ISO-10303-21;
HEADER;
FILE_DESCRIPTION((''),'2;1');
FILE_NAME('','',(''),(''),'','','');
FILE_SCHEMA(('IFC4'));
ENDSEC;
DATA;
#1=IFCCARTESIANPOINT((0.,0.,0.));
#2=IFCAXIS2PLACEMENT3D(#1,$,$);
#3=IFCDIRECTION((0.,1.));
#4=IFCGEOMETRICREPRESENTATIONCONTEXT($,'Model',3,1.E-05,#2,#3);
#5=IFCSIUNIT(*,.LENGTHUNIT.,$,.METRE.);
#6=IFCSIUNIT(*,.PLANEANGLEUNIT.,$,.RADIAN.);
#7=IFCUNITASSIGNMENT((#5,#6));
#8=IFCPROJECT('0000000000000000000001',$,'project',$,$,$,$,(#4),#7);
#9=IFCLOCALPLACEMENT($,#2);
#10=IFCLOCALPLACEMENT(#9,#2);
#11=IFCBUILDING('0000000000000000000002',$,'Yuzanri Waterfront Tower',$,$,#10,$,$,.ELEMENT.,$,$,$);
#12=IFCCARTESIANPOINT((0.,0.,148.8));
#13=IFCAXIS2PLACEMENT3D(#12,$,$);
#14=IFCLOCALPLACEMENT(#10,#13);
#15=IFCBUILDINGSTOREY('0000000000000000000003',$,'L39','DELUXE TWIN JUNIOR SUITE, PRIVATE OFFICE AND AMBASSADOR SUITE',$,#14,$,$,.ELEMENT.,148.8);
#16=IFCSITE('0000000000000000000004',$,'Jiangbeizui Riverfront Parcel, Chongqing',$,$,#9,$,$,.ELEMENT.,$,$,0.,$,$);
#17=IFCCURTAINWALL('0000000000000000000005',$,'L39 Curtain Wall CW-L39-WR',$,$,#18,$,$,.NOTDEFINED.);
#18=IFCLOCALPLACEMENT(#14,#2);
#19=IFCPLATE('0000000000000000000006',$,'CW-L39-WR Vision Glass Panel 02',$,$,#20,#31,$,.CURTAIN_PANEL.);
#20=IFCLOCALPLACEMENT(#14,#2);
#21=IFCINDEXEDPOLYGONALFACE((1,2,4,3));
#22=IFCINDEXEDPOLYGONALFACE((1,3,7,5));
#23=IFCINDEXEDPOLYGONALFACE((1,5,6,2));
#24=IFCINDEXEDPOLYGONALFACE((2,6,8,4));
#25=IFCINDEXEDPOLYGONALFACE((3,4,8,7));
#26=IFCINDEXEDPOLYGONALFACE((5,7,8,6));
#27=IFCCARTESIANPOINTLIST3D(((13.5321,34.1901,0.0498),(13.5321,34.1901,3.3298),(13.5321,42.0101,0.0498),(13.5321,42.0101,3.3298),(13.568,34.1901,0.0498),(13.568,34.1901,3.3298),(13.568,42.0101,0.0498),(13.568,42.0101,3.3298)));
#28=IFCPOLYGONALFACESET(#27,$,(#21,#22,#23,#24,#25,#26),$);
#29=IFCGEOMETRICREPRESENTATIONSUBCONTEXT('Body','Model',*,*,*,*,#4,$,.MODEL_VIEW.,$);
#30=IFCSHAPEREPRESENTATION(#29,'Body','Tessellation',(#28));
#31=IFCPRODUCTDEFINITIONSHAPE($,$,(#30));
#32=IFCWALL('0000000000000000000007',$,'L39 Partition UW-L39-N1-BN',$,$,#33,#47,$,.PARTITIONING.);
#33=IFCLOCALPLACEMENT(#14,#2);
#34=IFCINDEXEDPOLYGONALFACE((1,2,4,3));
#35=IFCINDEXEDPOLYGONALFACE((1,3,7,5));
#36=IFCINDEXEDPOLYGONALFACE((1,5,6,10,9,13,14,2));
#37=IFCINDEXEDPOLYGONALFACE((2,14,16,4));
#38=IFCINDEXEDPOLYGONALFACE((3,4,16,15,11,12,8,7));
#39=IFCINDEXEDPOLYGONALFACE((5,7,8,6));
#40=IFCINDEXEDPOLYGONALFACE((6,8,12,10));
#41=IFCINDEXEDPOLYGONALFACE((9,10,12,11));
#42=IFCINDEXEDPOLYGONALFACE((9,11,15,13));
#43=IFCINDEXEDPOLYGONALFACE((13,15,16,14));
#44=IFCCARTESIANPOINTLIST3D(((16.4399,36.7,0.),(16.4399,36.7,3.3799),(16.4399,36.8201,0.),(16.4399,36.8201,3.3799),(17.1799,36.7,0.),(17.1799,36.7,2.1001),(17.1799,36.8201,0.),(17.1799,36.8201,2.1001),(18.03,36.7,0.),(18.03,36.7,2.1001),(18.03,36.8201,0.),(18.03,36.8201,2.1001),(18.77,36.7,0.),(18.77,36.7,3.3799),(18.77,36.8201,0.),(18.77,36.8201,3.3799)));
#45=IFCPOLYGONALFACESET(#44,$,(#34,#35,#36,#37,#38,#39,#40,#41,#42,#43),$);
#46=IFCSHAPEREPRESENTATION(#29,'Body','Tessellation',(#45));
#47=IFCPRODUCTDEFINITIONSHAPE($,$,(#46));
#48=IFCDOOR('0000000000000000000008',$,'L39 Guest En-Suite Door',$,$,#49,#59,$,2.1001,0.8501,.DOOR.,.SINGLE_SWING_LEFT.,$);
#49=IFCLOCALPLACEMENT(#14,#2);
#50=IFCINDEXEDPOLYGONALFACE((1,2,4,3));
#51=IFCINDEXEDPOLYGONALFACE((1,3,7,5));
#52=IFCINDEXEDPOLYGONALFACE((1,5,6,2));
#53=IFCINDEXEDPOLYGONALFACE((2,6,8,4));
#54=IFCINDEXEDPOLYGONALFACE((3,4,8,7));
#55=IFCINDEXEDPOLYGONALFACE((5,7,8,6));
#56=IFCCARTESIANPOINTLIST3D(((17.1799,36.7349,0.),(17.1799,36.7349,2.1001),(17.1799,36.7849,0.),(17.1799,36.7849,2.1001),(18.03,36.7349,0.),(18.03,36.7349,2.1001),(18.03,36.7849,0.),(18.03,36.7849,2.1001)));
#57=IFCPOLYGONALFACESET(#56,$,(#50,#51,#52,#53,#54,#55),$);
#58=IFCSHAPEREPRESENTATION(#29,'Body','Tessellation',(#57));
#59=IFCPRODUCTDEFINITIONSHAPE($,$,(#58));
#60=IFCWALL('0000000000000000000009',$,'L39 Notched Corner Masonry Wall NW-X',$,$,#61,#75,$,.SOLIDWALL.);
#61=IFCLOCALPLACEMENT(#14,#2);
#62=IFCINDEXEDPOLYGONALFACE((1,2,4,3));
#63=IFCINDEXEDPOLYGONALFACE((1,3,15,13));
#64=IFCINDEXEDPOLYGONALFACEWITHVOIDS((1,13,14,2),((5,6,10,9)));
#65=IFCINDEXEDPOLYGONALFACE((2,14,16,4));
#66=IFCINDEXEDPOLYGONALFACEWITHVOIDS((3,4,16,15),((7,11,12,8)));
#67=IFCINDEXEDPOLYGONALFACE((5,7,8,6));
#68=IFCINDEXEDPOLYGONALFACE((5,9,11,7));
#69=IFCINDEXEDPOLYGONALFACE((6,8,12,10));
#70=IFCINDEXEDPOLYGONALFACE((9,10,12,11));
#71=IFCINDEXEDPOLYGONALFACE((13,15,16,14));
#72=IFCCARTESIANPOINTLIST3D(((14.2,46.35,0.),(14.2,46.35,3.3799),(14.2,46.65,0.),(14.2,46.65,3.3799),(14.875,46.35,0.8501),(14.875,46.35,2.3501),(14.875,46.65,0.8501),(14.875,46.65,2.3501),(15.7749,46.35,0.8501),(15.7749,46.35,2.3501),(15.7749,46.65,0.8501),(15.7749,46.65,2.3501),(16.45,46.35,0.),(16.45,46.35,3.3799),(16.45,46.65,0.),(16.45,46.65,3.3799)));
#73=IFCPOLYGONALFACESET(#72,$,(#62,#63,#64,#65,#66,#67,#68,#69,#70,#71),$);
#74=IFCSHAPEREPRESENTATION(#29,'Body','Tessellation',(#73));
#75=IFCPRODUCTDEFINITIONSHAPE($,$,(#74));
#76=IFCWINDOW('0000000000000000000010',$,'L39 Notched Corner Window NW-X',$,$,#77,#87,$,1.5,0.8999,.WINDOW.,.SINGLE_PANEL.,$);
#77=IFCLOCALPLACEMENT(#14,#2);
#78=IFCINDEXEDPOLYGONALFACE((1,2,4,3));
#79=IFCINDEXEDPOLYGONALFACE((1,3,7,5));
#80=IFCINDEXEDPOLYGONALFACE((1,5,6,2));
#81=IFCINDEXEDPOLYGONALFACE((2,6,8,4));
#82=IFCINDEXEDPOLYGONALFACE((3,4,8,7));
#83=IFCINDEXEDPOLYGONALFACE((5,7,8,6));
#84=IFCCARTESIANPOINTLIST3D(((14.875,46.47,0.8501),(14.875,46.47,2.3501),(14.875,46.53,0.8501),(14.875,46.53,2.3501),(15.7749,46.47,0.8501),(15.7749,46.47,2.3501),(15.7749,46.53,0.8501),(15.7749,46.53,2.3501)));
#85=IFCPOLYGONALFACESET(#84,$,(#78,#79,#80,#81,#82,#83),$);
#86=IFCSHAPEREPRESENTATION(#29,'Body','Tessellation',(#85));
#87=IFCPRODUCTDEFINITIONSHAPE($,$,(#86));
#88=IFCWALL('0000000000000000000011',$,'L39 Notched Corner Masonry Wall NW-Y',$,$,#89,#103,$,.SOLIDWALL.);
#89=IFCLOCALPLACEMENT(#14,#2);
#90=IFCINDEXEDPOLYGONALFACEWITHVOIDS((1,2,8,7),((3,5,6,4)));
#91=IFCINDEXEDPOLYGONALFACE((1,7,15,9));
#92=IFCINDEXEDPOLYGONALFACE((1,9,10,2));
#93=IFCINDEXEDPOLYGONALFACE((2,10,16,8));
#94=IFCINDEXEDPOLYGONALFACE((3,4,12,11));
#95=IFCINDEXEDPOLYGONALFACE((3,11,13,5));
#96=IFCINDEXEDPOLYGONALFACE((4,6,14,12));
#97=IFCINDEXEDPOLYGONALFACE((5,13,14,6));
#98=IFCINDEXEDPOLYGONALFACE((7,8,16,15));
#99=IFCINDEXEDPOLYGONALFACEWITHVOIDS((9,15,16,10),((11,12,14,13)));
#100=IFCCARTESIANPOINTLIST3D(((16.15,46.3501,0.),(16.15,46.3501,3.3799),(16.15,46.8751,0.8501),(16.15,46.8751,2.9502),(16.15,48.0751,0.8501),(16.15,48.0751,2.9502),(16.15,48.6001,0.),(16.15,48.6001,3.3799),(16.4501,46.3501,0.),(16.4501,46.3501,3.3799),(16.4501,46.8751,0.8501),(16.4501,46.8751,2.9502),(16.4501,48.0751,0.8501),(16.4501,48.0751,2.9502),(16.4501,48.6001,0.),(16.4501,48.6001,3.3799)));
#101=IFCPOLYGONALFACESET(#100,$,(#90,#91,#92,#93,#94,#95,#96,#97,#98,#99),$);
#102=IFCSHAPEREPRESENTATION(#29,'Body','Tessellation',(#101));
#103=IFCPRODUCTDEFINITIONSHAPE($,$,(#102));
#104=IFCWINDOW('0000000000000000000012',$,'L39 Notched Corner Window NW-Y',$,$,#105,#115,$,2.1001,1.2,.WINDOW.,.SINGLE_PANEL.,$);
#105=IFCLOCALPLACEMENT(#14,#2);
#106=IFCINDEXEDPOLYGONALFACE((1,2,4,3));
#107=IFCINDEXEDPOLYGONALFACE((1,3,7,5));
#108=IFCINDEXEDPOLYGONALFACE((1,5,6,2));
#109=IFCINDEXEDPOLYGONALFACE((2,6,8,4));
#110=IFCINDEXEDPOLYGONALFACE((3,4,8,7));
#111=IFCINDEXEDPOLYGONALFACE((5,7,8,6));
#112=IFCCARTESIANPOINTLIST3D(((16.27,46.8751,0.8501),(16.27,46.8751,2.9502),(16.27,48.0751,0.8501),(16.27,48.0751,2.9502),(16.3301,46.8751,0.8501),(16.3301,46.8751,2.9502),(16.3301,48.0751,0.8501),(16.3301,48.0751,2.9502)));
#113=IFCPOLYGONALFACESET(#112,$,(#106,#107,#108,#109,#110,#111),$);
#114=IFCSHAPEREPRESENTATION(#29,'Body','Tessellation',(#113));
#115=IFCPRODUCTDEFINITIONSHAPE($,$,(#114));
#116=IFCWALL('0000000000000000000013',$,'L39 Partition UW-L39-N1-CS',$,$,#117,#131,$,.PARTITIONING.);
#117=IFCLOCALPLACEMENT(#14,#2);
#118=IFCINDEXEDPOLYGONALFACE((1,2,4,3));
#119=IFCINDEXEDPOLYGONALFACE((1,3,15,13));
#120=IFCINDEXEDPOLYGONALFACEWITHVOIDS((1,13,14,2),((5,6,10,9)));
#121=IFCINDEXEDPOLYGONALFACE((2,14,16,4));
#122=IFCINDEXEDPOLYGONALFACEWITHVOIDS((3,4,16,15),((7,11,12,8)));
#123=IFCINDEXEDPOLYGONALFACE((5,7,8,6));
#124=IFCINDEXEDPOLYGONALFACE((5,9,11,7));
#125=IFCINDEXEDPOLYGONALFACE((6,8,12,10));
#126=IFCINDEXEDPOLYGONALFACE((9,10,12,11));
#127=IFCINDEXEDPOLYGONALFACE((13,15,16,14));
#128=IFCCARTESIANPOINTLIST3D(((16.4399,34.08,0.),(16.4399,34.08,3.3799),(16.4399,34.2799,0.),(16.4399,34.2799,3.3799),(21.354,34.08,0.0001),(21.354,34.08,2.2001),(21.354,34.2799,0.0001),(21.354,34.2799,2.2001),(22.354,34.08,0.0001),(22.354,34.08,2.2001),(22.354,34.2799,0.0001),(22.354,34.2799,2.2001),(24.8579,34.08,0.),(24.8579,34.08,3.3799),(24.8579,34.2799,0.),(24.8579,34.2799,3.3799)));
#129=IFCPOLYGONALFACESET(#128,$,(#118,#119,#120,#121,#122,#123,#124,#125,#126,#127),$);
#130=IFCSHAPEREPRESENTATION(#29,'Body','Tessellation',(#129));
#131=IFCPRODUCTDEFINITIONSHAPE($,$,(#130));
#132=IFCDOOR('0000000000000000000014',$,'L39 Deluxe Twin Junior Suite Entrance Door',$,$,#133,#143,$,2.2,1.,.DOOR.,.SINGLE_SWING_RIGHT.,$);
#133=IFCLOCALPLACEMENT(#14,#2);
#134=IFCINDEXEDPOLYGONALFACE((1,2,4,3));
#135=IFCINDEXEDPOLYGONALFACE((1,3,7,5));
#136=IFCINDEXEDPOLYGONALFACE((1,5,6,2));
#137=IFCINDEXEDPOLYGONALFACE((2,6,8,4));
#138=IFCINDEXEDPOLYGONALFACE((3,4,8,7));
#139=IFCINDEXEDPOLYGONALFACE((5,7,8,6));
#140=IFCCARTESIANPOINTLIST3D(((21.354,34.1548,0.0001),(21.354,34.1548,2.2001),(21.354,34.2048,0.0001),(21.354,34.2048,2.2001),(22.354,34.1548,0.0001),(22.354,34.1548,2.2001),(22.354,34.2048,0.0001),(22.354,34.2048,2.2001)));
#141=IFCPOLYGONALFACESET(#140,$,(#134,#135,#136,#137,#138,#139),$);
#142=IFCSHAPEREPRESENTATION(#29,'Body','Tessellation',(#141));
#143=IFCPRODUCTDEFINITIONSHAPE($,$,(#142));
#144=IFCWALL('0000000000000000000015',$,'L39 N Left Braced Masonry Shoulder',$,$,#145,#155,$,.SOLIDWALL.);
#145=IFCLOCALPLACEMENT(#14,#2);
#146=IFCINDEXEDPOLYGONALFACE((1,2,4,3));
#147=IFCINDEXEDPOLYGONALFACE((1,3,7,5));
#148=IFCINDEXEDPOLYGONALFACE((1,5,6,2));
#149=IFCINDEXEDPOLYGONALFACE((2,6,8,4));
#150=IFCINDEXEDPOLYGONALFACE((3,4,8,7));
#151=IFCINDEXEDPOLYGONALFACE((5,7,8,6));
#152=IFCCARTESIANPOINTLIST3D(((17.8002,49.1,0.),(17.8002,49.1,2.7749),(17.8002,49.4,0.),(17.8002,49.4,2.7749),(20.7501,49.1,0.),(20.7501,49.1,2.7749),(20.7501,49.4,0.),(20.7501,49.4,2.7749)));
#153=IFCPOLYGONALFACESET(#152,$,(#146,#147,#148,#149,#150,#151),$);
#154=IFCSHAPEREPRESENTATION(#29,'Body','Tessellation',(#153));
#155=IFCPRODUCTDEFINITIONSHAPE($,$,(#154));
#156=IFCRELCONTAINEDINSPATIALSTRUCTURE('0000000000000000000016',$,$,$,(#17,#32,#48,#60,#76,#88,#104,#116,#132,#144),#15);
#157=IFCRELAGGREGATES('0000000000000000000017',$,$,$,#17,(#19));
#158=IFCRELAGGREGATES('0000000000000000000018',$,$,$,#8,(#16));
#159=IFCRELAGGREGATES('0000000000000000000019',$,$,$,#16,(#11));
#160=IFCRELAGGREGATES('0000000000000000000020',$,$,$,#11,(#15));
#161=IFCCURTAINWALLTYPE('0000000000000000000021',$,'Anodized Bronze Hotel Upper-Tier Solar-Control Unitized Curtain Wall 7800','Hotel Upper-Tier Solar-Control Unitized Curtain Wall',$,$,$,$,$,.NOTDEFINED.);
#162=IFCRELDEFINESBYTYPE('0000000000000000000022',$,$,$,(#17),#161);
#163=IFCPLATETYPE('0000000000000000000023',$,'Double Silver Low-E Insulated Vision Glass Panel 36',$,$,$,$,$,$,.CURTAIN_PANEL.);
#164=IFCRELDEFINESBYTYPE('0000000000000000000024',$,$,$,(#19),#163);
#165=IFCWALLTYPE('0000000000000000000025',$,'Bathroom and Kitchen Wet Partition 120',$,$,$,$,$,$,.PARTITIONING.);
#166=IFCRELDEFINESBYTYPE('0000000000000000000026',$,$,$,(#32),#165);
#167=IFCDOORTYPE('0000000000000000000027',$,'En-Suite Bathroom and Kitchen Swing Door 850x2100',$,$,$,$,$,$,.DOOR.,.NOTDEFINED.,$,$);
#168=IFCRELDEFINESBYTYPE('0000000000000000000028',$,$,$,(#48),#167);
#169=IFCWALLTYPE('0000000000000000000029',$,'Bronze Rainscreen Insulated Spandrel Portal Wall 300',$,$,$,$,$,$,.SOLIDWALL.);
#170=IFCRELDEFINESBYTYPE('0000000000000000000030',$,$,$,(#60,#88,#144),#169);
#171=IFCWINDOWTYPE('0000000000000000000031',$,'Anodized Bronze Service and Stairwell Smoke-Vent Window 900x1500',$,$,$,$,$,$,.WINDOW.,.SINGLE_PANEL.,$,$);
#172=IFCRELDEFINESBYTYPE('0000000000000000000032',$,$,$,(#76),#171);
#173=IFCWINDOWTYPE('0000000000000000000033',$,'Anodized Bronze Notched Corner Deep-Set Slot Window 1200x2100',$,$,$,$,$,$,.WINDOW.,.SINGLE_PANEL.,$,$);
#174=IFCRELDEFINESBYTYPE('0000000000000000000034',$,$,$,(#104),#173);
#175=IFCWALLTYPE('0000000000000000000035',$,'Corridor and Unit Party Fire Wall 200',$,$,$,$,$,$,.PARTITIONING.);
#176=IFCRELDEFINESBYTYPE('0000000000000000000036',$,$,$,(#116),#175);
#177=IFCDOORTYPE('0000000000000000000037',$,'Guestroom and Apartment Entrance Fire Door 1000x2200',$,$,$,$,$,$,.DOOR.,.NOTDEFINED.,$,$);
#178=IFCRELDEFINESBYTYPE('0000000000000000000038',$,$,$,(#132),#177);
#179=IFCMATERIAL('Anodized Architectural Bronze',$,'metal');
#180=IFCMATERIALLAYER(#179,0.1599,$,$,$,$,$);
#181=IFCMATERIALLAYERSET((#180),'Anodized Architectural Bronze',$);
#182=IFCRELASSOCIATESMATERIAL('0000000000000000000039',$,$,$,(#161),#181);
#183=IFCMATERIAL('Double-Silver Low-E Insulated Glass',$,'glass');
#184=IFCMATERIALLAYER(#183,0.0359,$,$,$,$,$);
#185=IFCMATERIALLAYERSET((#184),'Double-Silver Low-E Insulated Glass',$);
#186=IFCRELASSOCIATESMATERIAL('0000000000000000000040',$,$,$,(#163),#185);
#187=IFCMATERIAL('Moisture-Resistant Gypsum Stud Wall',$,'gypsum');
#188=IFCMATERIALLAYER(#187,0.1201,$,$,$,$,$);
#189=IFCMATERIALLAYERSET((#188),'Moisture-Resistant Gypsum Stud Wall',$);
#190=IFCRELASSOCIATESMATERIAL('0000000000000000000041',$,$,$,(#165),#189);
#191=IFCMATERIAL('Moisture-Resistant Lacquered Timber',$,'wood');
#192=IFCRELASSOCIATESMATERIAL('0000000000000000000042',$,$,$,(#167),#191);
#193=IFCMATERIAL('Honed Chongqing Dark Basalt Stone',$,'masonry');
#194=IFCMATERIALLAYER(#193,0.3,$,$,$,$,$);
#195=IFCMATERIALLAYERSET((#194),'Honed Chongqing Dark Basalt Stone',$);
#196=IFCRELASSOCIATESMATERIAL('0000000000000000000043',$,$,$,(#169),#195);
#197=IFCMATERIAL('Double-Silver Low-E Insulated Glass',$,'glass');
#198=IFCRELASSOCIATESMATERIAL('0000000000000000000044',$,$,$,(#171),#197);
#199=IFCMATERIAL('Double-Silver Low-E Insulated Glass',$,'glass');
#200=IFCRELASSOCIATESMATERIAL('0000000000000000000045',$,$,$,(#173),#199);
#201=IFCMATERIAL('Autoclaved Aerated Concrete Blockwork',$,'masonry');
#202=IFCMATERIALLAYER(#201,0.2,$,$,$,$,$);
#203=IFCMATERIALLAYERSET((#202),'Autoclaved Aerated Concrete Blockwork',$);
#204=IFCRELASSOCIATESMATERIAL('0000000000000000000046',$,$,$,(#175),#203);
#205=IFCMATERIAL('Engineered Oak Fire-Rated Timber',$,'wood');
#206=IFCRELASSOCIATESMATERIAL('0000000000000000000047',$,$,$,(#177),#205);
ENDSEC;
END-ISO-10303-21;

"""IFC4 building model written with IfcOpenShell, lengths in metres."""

from ifc_helpers import new_model, si_unit, direction, frame, frame_2d, origin, origin_2d, place, context, subcontext, project, spatial, rectangle, extrude, source, transform, mapped, material, layer, layer_set, type_object, element, fill, aggregate, save


model = new_model("IFC4")

# Units and contexts
model_context = context("Model", 3, precision=1e-05, world=origin(), true_north=direction((0.0, 1.0)))
body_context = subcontext(model_context, "Body", "Model", "MODEL_VIEW")
ifc_project = project(units=[si_unit("LENGTHUNIT", "METRE"), si_unit("PLANEANGLEUNIT", "RADIAN")], contexts=[model_context])

# Site, building, storey
site_placement = place(None, origin())
site = spatial("IfcSite", under=ifc_project, at=site_placement, Name="Jiangbeizui Riverfront Parcel, Chongqing", CompositionType="ELEMENT", RefElevation=0.0)
building_placement = place(site_placement, origin())
building = spatial("IfcBuilding", under=site, at=building_placement, Name="Yuzanri Waterfront Tower", CompositionType="ELEMENT")
storey_placement = place(building_placement, frame((0.0, 0.0, 148.8)))
storey = spatial("IfcBuildingStorey", under=building, at=storey_placement, Name="L39", Description="DELUXE TWIN JUNIOR SUITE, PRIVATE OFFICE AND AMBASSADOR SUITE", CompositionType="ELEMENT", Elevation=148.8)

# Curtain wall
ifc_material_1 = material(Name="Anodized Architectural Bronze", Category="metal")
ifc_layer_1 = layer(ifc_material_1, 0.1599)
ifc_layer_set_1 = layer_set([ifc_layer_1], Name="Anodized Architectural Bronze")
curtain_wall_type = type_object("IfcCurtainWallType", Name="Anodized Bronze Hotel Upper-Tier Solar-Control Unitized Curtain Wall 7800", Description="Hotel Upper-Tier Solar-Control Unitized Curtain Wall", PredefinedType="NOTDEFINED", material=ifc_layer_set_1)
curtain_wall_1_placement = place(storey_placement, origin())
curtain_wall_1 = element("IfcCurtainWall", 1, at=curtain_wall_1_placement, inside=storey, type_object=curtain_wall_type, Name="L39 Curtain Wall CW-L39-WR", PredefinedType="NOTDEFINED")

# Plate
ifc_material_2 = material(Name="Double-Silver Low-E Insulated Glass", Category="glass")
ifc_layer_2 = layer(ifc_material_2, 0.0359)
ifc_layer_set_2 = layer_set([ifc_layer_2], Name="Double-Silver Low-E Insulated Glass")
plate_type_1 = type_object("IfcPlateType", Name="Double Silver Low-E Insulated Vision Glass Panel 36", PredefinedType="CURTAIN_PANEL", material=ifc_layer_set_2)
shared_shape_1 = source(origin(), body_context, "Body", "SweptSolid", [
    extrude(rectangle(XDim=7.8201, YDim=0.0359, at=origin_2d()), origin(), (0.0, 0.0, 1.0), 3.28),
])
plate_placement = place(storey_placement, frame((13.55, 38.1001, 0.0498), z_axis=(0.0, 0.0, 1.0), x_axis=(0.0, 1.0, 0.0)))
plate = element("IfcPlate", 2, at=plate_placement, type_object=plate_type_1, Name="CW-L39-WR Vision Glass Panel 02", PredefinedType="CURTAIN_PANEL", context=body_context, shape_type="MappedRepresentation", body=[
    mapped(shared_shape_1, transform((0.0, 0.0, 0.0), scale=1.0)),
])
aggregate(curtain_wall_1, [plate])

# Wall, opening, door
ifc_material_3 = material(Name="Moisture-Resistant Gypsum Stud Wall", Category="gypsum")
ifc_layer_3 = layer(ifc_material_3, 0.1201)
ifc_layer_set_3 = layer_set([ifc_layer_3], Name="Moisture-Resistant Gypsum Stud Wall")
wall_type_1 = type_object("IfcWallType", Name="Bathroom and Kitchen Wet Partition 120", PredefinedType="PARTITIONING", material=ifc_layer_set_3)
wall_1_placement = place(storey_placement, frame((16.4399, 36.76, 0.0), z_axis=(0.0, 0.0, 1.0), x_axis=(1.0, 0.0, 0.0)))
wall_1 = element("IfcWall", 3, at=wall_1_placement, inside=storey, type_object=wall_type_1, Name="L39 Partition UW-L39-N1-BN", PredefinedType="PARTITIONING", context=body_context, shape_type="SweptSolid", body=[
    extrude(rectangle(XDim=2.3301, YDim=0.1201, at=frame_2d((1.165, 0.0))), origin(), (0.0, 0.0, 1.0), 3.3799),
])
opening_1_placement = place(wall_1_placement, frame((0.74, 0.0, 0.0)))
opening_1 = element("IfcOpeningElement", 4, at=opening_1_placement, cuts=wall_1, PredefinedType="OPENING", context=body_context, shape_type="SweptSolid", body=[
    extrude(rectangle(XDim=0.8501, YDim=2.1001, at=frame_2d((0.425, 1.05))), frame((0.0, 0.075, 0.0), z_axis=(0.0, -1.0, 0.0), x_axis=(1.0, 0.0, 0.0)), (0.0, 0.0, 1.0), 0.1499),
])
ifc_material_4 = material(Name="Moisture-Resistant Lacquered Timber", Category="wood")
door_type_1 = type_object("IfcDoorType", Name="En-Suite Bathroom and Kitchen Swing Door 850x2100", OperationType="NOTDEFINED", PredefinedType="DOOR", material=ifc_material_4)
shared_shape_2 = source(origin(), body_context, "Body", "SweptSolid", [
    extrude(rectangle(XDim=0.8501, YDim=2.1001, at=frame_2d((0.425, 1.05))), frame((0.0, 0.0249, 0.0), z_axis=(0.0, -1.0, 0.0), x_axis=(1.0, 0.0, 0.0)), (0.0, 0.0, 1.0), 0.05),
])
door_1_placement = place(opening_1_placement, origin())
door_1 = element("IfcDoor", 5, at=door_1_placement, inside=storey, type_object=door_type_1, Name="L39 Guest En-Suite Door", OperationType="SINGLE_SWING_LEFT", OverallHeight=2.1001, OverallWidth=0.8501, PredefinedType="DOOR", context=body_context, shape_type="MappedRepresentation", body=[
    mapped(shared_shape_2, transform((0.0, 0.0, 0.0), scale=1.0)),
])
fill(opening_1, door_1)

# Walls, openings, windows
ifc_material_5 = material(Name="Honed Chongqing Dark Basalt Stone", Category="masonry")
ifc_layer_4 = layer(ifc_material_5, 0.3)
ifc_layer_set_4 = layer_set([ifc_layer_4], Name="Honed Chongqing Dark Basalt Stone")
wall_type_2 = type_object("IfcWallType", Name="Bronze Rainscreen Insulated Spandrel Portal Wall 300", PredefinedType="SOLIDWALL", material=ifc_layer_set_4)
wall_2_placement = place(storey_placement, frame((16.45, 46.5, 0.0), z_axis=(0.0, 0.0, 1.0), x_axis=(-1.0, 0.0, 0.0)))
wall_2 = element("IfcWall", 6, at=wall_2_placement, inside=storey, type_object=wall_type_2, Name="L39 Notched Corner Masonry Wall NW-X", PredefinedType="SOLIDWALL", context=body_context, shape_type="SweptSolid", body=[
    extrude(rectangle(XDim=2.25, YDim=0.3, at=frame_2d((1.125, 0.0))), origin(), (0.0, 0.0, 1.0), 3.3799),
])
opening_2_placement = place(wall_2_placement, frame((0.675, 0.0, 0.8501)))
opening_2 = element("IfcOpeningElement", 7, at=opening_2_placement, cuts=wall_2, PredefinedType="OPENING", context=body_context, shape_type="SweptSolid", body=[
    extrude(rectangle(XDim=0.8999, YDim=1.5, at=frame_2d((0.45, 0.75))), frame((0.0, 0.165, 0.0), z_axis=(0.0, -1.0, 0.0), x_axis=(1.0, 0.0, 0.0)), (0.0, 0.0, 1.0), 0.3298),
])
ifc_material_6 = material(Name="Double-Silver Low-E Insulated Glass", Category="glass")
window_type_1 = type_object("IfcWindowType", Name="Anodized Bronze Service and Stairwell Smoke-Vent Window 900x1500", PartitioningType="SINGLE_PANEL", PredefinedType="WINDOW", material=ifc_material_6)
shared_shape_3 = source(origin(), body_context, "Body", "SweptSolid", [
    extrude(rectangle(XDim=0.8999, YDim=1.5, at=frame_2d((0.45, 0.75))), frame((0.0, 0.03, 0.0), z_axis=(0.0, -1.0, 0.0), x_axis=(1.0, 0.0, 0.0)), (0.0, 0.0, 1.0), 0.0601),
])
window_1_placement = place(opening_2_placement, origin())
window_1 = element("IfcWindow", 8, at=window_1_placement, inside=storey, type_object=window_type_1, Name="L39 Notched Corner Window NW-X", OverallHeight=1.5, OverallWidth=0.8999, PartitioningType="SINGLE_PANEL", PredefinedType="WINDOW", context=body_context, shape_type="MappedRepresentation", body=[
    mapped(shared_shape_3, transform((0.0, 0.0, 0.0), scale=1.0)),
])
fill(opening_2, window_1)
wall_3_placement = place(storey_placement, frame((16.3, 48.6001, 0.0), z_axis=(0.0, 0.0, 1.0), x_axis=(0.0, -1.0, 0.0)))
wall_3 = element("IfcWall", 9, at=wall_3_placement, inside=storey, type_object=wall_type_2, Name="L39 Notched Corner Masonry Wall NW-Y", PredefinedType="SOLIDWALL", context=body_context, shape_type="SweptSolid", body=[
    extrude(rectangle(XDim=2.25, YDim=0.3, at=frame_2d((1.125, 0.0))), origin(), (0.0, 0.0, 1.0), 3.3799),
])
opening_3_placement = place(wall_3_placement, frame((0.5249, 0.0, 0.8501)))
opening_3 = element("IfcOpeningElement", 10, at=opening_3_placement, cuts=wall_3, PredefinedType="OPENING", context=body_context, shape_type="SweptSolid", body=[
    extrude(rectangle(XDim=1.2, YDim=2.1001, at=frame_2d((0.6001, 1.05))), frame((0.0, 0.165, 0.0), z_axis=(0.0, -1.0, 0.0), x_axis=(1.0, 0.0, 0.0)), (0.0, 0.0, 1.0), 0.3298),
])
ifc_material_7 = material(Name="Double-Silver Low-E Insulated Glass", Category="glass")
window_type_2 = type_object("IfcWindowType", Name="Anodized Bronze Notched Corner Deep-Set Slot Window 1200x2100", PartitioningType="SINGLE_PANEL", PredefinedType="WINDOW", material=ifc_material_7)
shared_shape_4 = source(origin(), body_context, "Body", "SweptSolid", [
    extrude(rectangle(XDim=1.2, YDim=2.1001, at=frame_2d((0.6001, 1.05))), frame((0.0, 0.03, 0.0), z_axis=(0.0, -1.0, 0.0), x_axis=(1.0, 0.0, 0.0)), (0.0, 0.0, 1.0), 0.0601),
])
window_2_placement = place(opening_3_placement, origin())
window_2 = element("IfcWindow", 11, at=window_2_placement, inside=storey, type_object=window_type_2, Name="L39 Notched Corner Window NW-Y", OverallHeight=2.1001, OverallWidth=1.2, PartitioningType="SINGLE_PANEL", PredefinedType="WINDOW", context=body_context, shape_type="MappedRepresentation", body=[
    mapped(shared_shape_4, transform((0.0, 0.0, 0.0), scale=1.0)),
])
fill(opening_3, window_2)

# Wall, opening, door
ifc_material_8 = material(Name="Autoclaved Aerated Concrete Blockwork", Category="masonry")
ifc_layer_5 = layer(ifc_material_8, 0.2)
ifc_layer_set_5 = layer_set([ifc_layer_5], Name="Autoclaved Aerated Concrete Blockwork")
wall_type_3 = type_object("IfcWallType", Name="Corridor and Unit Party Fire Wall 200", PredefinedType="PARTITIONING", material=ifc_layer_set_5)
wall_4_placement = place(storey_placement, frame((16.4399, 34.1799, 0.0), z_axis=(0.0, 0.0, 1.0), x_axis=(1.0, 0.0, 0.0)))
wall_4 = element("IfcWall", 12, at=wall_4_placement, inside=storey, type_object=wall_type_3, Name="L39 Partition UW-L39-N1-CS", PredefinedType="PARTITIONING", context=body_context, shape_type="SweptSolid", body=[
    extrude(rectangle(XDim=8.418, YDim=0.2, at=frame_2d((4.209, 0.0))), origin(), (0.0, 0.0, 1.0), 3.3799),
])
opening_4_placement = place(wall_4_placement, frame((4.9141, 0.0, 0.0)))
opening_4 = element("IfcOpeningElement", 13, at=opening_4_placement, cuts=wall_4, PredefinedType="OPENING", context=body_context, shape_type="SweptSolid", body=[
    extrude(rectangle(XDim=1.0, YDim=2.2, at=frame_2d((0.5, 1.1001))), frame((0.0, 0.1147, 0.0), z_axis=(0.0, -1.0, 0.0), x_axis=(1.0, 0.0, 0.0)), (0.0, 0.0, 1.0), 0.2297),
])
ifc_material_9 = material(Name="Engineered Oak Fire-Rated Timber", Category="wood")
door_type_2 = type_object("IfcDoorType", Name="Guestroom and Apartment Entrance Fire Door 1000x2200", OperationType="NOTDEFINED", PredefinedType="DOOR", material=ifc_material_9)
shared_shape_5 = source(origin(), body_context, "Body", "SweptSolid", [
    extrude(rectangle(XDim=1.0, YDim=2.2, at=frame_2d((0.5, 1.1001))), frame((0.0, 0.0249, 0.0), z_axis=(0.0, -1.0, 0.0), x_axis=(1.0, 0.0, 0.0)), (0.0, 0.0, 1.0), 0.05),
])
door_2_placement = place(opening_4_placement, origin())
door_2 = element("IfcDoor", 14, at=door_2_placement, inside=storey, type_object=door_type_2, Name="L39 Deluxe Twin Junior Suite Entrance Door", OperationType="SINGLE_SWING_RIGHT", OverallHeight=2.2, OverallWidth=1.0, PredefinedType="DOOR", context=body_context, shape_type="MappedRepresentation", body=[
    mapped(shared_shape_5, transform((0.0, 0.0, 0.0), scale=1.0)),
])
fill(opening_4, door_2)

# Wall
shared_shape_6 = source(origin(), body_context, "Body", "SweptSolid", [
    extrude(rectangle(XDim=2.95, YDim=0.3, at=frame_2d((1.4751, 0.0))), origin(), (0.0, 0.0, 1.0), 2.7749),
])
for number, where, z_axis, x_axis, name in (
    (15, (17.8, 49.25, 0.0), (0.0, 0.0, 1.0), (1.0, 0.0, 0.0), "L39 N Left Braced Masonry Shoulder"),
):
    element("IfcWall", number, at=place(storey_placement, frame(where, z_axis=z_axis, x_axis=x_axis)), inside=storey, type_object=wall_type_2, Name=name, PredefinedType="SOLIDWALL", context=body_context, shape_type="MappedRepresentation", body=[
        mapped(shared_shape_6, transform((0.0, 0.0, 0.0), scale=1.0)),
    ])

save(model, "model.ifc")
